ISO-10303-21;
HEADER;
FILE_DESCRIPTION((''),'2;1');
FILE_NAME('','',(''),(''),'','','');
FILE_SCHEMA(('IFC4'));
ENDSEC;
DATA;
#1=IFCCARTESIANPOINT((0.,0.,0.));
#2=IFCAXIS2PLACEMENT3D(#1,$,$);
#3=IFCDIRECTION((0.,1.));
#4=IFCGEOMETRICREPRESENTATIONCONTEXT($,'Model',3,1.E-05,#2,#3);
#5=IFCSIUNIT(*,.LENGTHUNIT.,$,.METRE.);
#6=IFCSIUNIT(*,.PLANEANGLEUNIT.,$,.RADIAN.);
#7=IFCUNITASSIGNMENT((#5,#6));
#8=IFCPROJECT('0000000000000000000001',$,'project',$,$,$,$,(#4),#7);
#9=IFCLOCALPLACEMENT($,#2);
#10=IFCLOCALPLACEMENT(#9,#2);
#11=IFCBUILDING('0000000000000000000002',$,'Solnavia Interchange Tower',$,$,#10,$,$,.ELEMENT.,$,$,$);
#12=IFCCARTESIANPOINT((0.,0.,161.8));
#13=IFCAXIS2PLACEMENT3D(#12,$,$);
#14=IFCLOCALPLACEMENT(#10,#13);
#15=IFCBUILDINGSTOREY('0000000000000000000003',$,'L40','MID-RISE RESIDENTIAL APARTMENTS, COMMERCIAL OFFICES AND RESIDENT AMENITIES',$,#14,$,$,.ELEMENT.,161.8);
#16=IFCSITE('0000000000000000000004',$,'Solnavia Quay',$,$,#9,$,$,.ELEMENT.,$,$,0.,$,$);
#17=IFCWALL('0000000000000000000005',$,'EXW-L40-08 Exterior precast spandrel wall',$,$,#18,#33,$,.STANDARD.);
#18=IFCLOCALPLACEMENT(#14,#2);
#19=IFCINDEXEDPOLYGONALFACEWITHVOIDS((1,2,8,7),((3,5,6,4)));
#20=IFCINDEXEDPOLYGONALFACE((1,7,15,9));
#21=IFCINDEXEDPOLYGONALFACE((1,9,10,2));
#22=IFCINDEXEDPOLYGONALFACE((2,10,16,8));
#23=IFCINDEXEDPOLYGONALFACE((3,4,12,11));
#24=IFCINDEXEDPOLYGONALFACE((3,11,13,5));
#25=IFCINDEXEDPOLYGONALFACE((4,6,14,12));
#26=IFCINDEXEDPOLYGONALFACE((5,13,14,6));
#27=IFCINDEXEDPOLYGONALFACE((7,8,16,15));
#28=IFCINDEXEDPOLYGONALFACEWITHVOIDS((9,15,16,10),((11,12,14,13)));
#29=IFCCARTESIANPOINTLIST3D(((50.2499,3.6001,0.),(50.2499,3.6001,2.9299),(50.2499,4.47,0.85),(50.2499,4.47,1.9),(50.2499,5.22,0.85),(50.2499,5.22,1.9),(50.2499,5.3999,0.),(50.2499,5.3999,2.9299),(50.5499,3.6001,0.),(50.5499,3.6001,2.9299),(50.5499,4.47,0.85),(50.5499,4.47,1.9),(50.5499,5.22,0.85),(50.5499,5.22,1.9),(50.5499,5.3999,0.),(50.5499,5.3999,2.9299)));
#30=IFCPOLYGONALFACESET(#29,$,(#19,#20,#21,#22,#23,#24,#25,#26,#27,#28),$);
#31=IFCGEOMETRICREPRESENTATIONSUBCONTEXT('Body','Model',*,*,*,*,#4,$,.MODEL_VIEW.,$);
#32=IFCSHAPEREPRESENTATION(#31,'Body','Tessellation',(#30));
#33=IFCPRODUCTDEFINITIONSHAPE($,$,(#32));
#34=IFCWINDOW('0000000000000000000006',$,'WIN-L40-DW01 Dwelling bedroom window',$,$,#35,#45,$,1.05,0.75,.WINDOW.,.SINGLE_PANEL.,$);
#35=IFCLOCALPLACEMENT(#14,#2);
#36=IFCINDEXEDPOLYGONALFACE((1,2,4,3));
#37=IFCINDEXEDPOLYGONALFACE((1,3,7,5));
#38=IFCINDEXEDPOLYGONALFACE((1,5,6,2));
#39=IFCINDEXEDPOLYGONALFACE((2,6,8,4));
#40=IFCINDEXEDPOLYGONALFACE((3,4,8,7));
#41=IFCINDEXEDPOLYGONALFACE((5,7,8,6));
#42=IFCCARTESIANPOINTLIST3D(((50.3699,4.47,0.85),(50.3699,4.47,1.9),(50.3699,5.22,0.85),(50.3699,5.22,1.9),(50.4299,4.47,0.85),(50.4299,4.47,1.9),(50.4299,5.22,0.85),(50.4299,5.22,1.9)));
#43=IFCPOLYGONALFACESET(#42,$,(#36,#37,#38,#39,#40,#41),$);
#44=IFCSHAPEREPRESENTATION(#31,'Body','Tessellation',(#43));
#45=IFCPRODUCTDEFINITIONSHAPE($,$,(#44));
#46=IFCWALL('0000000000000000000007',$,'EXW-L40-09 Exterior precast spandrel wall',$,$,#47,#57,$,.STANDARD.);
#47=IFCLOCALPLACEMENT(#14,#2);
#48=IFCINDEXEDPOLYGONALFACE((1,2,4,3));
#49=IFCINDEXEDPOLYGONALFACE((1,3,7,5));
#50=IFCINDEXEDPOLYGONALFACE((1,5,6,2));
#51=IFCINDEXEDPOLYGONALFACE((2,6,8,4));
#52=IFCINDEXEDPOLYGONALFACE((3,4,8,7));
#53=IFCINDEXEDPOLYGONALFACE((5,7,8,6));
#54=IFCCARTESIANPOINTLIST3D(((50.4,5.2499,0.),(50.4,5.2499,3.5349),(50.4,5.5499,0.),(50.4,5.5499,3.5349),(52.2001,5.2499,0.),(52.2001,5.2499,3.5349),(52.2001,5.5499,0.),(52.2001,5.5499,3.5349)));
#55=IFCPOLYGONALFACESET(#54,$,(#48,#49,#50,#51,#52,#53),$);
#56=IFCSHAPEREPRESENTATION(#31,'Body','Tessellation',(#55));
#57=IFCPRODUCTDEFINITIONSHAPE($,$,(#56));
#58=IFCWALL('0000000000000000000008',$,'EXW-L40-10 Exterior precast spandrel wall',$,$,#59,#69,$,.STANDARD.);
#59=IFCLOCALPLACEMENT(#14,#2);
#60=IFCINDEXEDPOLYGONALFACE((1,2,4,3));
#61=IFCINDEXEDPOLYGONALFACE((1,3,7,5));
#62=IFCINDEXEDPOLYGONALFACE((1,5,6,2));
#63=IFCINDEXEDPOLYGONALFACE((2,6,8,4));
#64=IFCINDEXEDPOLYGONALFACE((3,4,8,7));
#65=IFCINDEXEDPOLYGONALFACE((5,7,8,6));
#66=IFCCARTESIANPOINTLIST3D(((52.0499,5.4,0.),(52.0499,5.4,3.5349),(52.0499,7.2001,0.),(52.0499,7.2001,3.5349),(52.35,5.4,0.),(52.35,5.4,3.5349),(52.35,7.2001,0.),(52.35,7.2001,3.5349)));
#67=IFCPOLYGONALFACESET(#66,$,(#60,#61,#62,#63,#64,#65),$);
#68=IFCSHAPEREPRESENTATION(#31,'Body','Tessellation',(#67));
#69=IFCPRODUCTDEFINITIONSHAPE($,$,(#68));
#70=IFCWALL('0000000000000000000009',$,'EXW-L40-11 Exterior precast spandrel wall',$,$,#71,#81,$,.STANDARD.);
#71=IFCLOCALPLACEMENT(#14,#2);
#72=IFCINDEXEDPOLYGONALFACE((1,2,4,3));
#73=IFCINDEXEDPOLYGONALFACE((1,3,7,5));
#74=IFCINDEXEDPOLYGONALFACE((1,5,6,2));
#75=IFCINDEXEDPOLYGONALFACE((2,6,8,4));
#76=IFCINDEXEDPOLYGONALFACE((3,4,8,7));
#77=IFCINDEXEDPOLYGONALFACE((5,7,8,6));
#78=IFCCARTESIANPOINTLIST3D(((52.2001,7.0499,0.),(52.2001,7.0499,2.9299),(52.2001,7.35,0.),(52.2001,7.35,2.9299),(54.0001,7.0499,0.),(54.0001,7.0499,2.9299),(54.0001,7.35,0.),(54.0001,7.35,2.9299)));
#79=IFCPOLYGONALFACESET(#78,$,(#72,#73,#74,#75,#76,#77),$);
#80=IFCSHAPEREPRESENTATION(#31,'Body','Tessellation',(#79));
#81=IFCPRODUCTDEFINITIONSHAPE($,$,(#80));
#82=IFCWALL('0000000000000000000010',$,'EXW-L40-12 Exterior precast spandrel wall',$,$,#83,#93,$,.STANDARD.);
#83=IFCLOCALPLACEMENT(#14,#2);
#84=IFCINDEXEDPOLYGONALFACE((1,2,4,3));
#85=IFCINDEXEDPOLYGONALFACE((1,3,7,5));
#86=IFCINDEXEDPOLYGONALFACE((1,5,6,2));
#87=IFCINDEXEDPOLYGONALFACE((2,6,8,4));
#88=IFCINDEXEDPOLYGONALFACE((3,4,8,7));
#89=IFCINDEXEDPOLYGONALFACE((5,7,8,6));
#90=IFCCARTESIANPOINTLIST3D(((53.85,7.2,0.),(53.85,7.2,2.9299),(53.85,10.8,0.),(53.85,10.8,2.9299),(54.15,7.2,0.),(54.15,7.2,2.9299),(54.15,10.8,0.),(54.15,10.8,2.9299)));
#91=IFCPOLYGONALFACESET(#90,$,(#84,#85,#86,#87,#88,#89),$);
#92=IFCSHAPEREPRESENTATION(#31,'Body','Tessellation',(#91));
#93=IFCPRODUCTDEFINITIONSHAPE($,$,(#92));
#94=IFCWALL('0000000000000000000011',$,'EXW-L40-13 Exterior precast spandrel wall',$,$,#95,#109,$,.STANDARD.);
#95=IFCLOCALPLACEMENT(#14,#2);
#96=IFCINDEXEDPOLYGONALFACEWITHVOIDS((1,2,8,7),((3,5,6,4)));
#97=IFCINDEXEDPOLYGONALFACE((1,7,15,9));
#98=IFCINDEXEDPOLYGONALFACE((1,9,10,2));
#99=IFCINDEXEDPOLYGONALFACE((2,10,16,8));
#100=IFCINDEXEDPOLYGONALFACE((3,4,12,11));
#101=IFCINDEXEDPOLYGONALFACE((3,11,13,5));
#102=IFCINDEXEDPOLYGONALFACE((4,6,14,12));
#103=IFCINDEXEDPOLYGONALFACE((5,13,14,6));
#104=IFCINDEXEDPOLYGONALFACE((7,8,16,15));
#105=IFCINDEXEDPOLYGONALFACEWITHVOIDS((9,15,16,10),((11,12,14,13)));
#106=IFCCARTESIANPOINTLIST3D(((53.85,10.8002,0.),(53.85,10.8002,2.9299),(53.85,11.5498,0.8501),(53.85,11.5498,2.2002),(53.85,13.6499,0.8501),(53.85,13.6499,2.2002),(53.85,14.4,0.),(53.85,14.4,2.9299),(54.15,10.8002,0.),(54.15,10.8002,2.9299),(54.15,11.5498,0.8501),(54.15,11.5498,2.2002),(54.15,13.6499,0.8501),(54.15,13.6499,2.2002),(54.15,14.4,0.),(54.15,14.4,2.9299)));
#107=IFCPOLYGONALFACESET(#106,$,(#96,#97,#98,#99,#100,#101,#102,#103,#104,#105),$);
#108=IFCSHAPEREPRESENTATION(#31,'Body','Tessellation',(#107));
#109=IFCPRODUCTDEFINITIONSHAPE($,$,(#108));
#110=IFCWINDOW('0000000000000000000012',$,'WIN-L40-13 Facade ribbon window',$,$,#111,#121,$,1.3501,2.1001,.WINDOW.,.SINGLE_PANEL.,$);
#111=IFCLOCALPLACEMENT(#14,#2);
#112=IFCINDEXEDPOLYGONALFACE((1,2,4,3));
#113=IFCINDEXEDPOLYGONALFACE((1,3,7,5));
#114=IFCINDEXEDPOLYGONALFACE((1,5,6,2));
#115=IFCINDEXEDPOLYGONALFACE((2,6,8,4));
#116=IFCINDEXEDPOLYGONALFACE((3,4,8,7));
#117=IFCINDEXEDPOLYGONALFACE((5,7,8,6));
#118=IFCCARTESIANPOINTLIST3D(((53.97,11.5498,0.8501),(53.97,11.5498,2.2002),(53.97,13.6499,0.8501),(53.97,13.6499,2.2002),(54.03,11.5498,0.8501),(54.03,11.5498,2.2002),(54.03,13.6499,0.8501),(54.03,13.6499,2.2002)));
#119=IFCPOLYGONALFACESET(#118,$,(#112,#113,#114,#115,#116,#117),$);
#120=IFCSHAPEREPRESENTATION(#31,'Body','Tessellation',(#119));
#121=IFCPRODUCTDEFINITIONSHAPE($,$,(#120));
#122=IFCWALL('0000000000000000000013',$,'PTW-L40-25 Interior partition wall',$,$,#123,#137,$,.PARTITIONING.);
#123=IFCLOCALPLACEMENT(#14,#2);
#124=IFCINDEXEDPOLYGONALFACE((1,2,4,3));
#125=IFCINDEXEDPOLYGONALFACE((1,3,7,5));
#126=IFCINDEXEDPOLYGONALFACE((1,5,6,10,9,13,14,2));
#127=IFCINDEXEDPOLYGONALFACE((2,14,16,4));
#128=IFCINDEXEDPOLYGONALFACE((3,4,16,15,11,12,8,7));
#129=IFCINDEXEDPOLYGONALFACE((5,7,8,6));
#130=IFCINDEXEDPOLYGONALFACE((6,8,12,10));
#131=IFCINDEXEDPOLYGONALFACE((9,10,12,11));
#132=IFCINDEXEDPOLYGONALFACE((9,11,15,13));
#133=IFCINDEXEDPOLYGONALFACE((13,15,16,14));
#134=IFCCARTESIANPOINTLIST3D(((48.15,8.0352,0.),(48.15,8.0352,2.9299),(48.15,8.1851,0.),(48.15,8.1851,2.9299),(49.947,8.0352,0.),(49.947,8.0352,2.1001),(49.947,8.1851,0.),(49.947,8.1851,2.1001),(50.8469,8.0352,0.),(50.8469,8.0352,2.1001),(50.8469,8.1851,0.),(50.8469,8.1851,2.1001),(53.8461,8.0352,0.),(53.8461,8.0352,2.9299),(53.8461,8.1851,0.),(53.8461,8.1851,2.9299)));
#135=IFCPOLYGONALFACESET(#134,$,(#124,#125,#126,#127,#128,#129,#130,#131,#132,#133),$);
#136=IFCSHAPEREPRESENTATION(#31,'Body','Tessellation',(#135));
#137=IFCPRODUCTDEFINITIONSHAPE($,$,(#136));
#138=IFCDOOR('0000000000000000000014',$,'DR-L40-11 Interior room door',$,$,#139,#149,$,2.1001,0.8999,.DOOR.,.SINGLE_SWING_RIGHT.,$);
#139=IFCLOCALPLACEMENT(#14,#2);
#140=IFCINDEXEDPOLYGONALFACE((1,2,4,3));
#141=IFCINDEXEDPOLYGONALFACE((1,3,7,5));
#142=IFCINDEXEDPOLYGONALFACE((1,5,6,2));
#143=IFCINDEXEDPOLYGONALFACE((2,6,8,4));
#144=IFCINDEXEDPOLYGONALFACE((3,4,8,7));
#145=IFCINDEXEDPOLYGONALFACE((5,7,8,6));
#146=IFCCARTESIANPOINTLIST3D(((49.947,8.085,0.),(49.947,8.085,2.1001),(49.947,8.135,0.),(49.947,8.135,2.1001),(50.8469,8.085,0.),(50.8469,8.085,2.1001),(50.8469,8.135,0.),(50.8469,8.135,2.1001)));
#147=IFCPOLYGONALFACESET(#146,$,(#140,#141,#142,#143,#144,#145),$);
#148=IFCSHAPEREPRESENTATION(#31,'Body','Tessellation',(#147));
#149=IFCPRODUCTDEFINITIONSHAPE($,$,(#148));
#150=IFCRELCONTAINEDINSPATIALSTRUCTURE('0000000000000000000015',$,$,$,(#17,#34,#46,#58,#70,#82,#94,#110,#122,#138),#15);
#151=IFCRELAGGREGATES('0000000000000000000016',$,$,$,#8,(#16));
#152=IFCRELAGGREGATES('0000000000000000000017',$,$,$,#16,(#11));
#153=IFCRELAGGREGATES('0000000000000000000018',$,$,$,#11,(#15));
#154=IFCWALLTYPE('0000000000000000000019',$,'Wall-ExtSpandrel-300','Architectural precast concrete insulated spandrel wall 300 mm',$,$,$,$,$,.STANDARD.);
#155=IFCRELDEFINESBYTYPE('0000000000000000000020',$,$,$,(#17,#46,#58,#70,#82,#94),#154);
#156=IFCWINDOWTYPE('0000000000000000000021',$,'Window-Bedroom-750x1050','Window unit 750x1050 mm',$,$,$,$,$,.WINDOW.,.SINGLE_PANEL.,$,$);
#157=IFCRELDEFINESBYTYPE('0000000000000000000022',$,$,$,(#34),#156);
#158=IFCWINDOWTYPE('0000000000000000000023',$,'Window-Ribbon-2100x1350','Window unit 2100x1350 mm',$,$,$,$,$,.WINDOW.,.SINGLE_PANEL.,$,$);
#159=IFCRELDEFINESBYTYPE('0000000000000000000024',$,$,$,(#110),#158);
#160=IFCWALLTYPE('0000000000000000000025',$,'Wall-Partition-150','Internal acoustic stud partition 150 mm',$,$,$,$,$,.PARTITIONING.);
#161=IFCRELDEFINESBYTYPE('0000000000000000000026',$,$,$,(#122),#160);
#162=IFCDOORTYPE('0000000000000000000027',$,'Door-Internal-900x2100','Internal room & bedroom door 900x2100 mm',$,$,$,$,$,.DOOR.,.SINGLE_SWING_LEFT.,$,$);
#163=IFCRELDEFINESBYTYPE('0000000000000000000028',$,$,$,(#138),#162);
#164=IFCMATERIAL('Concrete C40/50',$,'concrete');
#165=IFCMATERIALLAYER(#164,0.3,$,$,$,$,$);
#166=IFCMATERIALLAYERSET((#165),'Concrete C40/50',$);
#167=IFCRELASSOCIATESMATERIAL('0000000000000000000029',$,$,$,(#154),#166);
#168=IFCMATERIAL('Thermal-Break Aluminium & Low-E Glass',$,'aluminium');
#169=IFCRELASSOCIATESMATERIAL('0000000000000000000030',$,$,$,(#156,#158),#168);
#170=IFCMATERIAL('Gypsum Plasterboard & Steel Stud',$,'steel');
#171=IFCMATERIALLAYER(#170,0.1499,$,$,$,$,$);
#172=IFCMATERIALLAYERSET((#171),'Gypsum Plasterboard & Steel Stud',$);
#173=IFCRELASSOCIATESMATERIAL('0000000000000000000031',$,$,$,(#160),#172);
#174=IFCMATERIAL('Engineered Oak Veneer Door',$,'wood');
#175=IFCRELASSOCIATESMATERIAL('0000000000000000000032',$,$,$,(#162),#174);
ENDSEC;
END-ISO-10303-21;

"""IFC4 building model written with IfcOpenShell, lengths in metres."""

from ifc_helpers import new_model, si_unit, direction, frame, frame_2d, origin, place, context, subcontext, project, spatial, rectangle, extrude, material, layer, layer_set, type_object, element, fill, save


model = new_model("IFC4")

# Units and contexts
model_context = context("Model", 3, precision=1e-05, world=origin(), true_north=direction((0.0, 1.0)))
body_context = subcontext(model_context, "Body", "Model", "MODEL_VIEW")
ifc_project = project(units=[si_unit("LENGTHUNIT", "METRE"), si_unit("PLANEANGLEUNIT", "RADIAN")], contexts=[model_context])

# Site, building, storey
site_placement = place(None, origin())
site = spatial("IfcSite", under=ifc_project, at=site_placement, Name="Solnavia Quay", CompositionType="ELEMENT", RefElevation=0.0)
building_placement = place(site_placement, origin())
building = spatial("IfcBuilding", under=site, at=building_placement, Name="Solnavia Interchange Tower", CompositionType="ELEMENT")
storey_placement = place(building_placement, frame((0.0, 0.0, 161.8)))
storey = spatial("IfcBuildingStorey", under=building, at=storey_placement, Name="L40", Description="MID-RISE RESIDENTIAL APARTMENTS, COMMERCIAL OFFICES AND RESIDENT AMENITIES", CompositionType="ELEMENT", Elevation=161.8)

# Shared definitions
ifc_material_1 = material(Name="Concrete C40/50", Category="concrete")
ifc_layer_1 = layer(ifc_material_1, 0.3)
ifc_layer_set_1 = layer_set([ifc_layer_1], Name="Concrete C40/50")
wall_type_1 = type_object("IfcWallType", Name="Wall-ExtSpandrel-300", Description="Architectural precast concrete insulated spandrel wall 300 mm", PredefinedType="STANDARD", material=ifc_layer_set_1)

# Wall, opening, window
wall_1_placement = place(storey_placement, frame((50.3999, 5.3999, 0.0), z_axis=(0.0, 0.0, 1.0), x_axis=(0.0, -1.0, 0.0)))
wall_1 = element("IfcWall", 1, at=wall_1_placement, inside=storey, type_object=wall_type_1, Name="EXW-L40-08 Exterior precast spandrel wall", PredefinedType="STANDARD", context=body_context, shape_type="SweptSolid", body=[
    extrude(rectangle(XDim=1.7998, YDim=0.3, at=frame_2d((0.8999, 0.0))), origin(), (0.0, 0.0, 1.0), 2.9299),
])
opening_1_placement = place(wall_1_placement, frame((0.1799, 0.0, 0.8501)))
opening_1 = element("IfcOpeningElement", 2, at=opening_1_placement, cuts=wall_1, PredefinedType="OPENING", context=body_context, shape_type="SweptSolid", body=[
    extrude(rectangle(XDim=0.75, YDim=1.05, at=frame_2d((0.375, 0.5249))), frame((0.0, 0.1602, 0.0), z_axis=(0.0, -1.0, 0.0), x_axis=(1.0, 0.0, 0.0)), (0.0, 0.0, 1.0), 0.3201),
])
ifc_material_2 = material(Name="Thermal-Break Aluminium & Low-E Glass", Category="aluminium")
window_type_1 = type_object("IfcWindowType", Name="Window-Bedroom-750x1050", Description="Window unit 750x1050 mm", PartitioningType="SINGLE_PANEL", PredefinedType="WINDOW", material=ifc_material_2)
window_1_placement = place(opening_1_placement, origin())
window_1 = element("IfcWindow", 3, at=window_1_placement, inside=storey, type_object=window_type_1, Name="WIN-L40-DW01 Dwelling bedroom window", OverallHeight=1.05, OverallWidth=0.75, PartitioningType="SINGLE_PANEL", PredefinedType="WINDOW", context=body_context, shape_type="SweptSolid", body=[
    extrude(rectangle(XDim=0.75, YDim=1.05, at=frame_2d((0.375, 0.5249))), frame((0.0, 0.03, 0.0), z_axis=(0.0, -1.0, 0.0), x_axis=(1.0, 0.0, 0.0)), (0.0, 0.0, 1.0), 0.0601),
])
fill(opening_1, window_1)

# Walls
for number, where, z_axis, x_axis, name in (
    (4, (52.2, 5.3999, 0.0), (0.0, 0.0, 1.0), (-1.0, 0.0, 0.0), "EXW-L40-09 Exterior precast spandrel wall"),
    (5, (52.2, 7.2, 0.0), (0.0, 0.0, 1.0), (0.0, -1.0, 0.0), "EXW-L40-10 Exterior precast spandrel wall"),
):
    element("IfcWall", number, at=place(storey_placement, frame(where, z_axis=z_axis, x_axis=x_axis)), inside=storey, type_object=wall_type_1, Name=name, PredefinedType="STANDARD", context=body_context, shape_type="SweptSolid", body=[
        extrude(rectangle(XDim=1.8, YDim=0.3, at=frame_2d((0.8999, 0.0))), origin(), (0.0, 0.0, 1.0), 3.5349),
    ])
wall_2_placement = place(storey_placement, frame((54.0, 7.2, 0.0), z_axis=(0.0, 0.0, 1.0), x_axis=(-1.0, 0.0, 0.0)))
element("IfcWall", 6, at=wall_2_placement, inside=storey, type_object=wall_type_1, Name="EXW-L40-11 Exterior precast spandrel wall", PredefinedType="STANDARD", context=body_context, shape_type="SweptSolid", body=[
    extrude(rectangle(XDim=1.8, YDim=0.3, at=frame_2d((0.8999, 0.0))), origin(), (0.0, 0.0, 1.0), 2.9299),
])
wall_3_placement = place(storey_placement, frame((54.0, 10.8, 0.0), z_axis=(0.0, 0.0, 1.0), x_axis=(0.0, -1.0, 0.0)))
element("IfcWall", 7, at=wall_3_placement, inside=storey, type_object=wall_type_1, Name="EXW-L40-12 Exterior precast spandrel wall", PredefinedType="STANDARD", context=body_context, shape_type="SweptSolid", body=[
    extrude(rectangle(XDim=3.6001, YDim=0.3, at=frame_2d((1.8, 0.0))), origin(), (0.0, 0.0, 1.0), 2.9299),
])

# Wall, opening, window
wall_4_placement = place(storey_placement, frame((54.0, 14.3999, 0.0), z_axis=(0.0, 0.0, 1.0), x_axis=(0.0, -1.0, 0.0)))
wall_4 = element("IfcWall", 8, at=wall_4_placement, inside=storey, type_object=wall_type_1, Name="EXW-L40-13 Exterior precast spandrel wall", PredefinedType="STANDARD", context=body_context, shape_type="SweptSolid", body=[
    extrude(rectangle(XDim=3.5999, YDim=0.3, at=frame_2d((1.7998, 0.0))), origin(), (0.0, 0.0, 1.0), 2.9299),
])
opening_2_placement = place(wall_4_placement, frame((0.75, 0.0, 0.8501)))
opening_2 = element("IfcOpeningElement", 9, at=opening_2_placement, cuts=wall_4, PredefinedType="OPENING", context=body_context, shape_type="SweptSolid", body=[
    extrude(rectangle(XDim=2.1001, YDim=1.3501, at=frame_2d((1.05, 0.675))), frame((0.0, 0.1602, 0.0), z_axis=(0.0, -1.0, 0.0), x_axis=(1.0, 0.0, 0.0)), (0.0, 0.0, 1.0), 0.3201),
])
window_type_2 = type_object("IfcWindowType", Name="Window-Ribbon-2100x1350", Description="Window unit 2100x1350 mm", PartitioningType="SINGLE_PANEL", PredefinedType="WINDOW", material=ifc_material_2)
window_2_placement = place(opening_2_placement, origin())
window_2 = element("IfcWindow", 10, at=window_2_placement, inside=storey, type_object=window_type_2, Name="WIN-L40-13 Facade ribbon window", OverallHeight=1.3501, OverallWidth=2.1001, PartitioningType="SINGLE_PANEL", PredefinedType="WINDOW", context=body_context, shape_type="SweptSolid", body=[
    extrude(rectangle(XDim=2.1001, YDim=1.3501, at=frame_2d((1.05, 0.675))), frame((0.0, 0.03, 0.0), z_axis=(0.0, -1.0, 0.0), x_axis=(1.0, 0.0, 0.0)), (0.0, 0.0, 1.0), 0.0601),
])
fill(opening_2, window_2)

# Wall, opening, door
ifc_material_3 = material(Name="Gypsum Plasterboard & Steel Stud", Category="steel")
ifc_layer_2 = layer(ifc_material_3, 0.1499)
ifc_layer_set_2 = layer_set([ifc_layer_2], Name="Gypsum Plasterboard & Steel Stud")
wall_type_2 = type_object("IfcWallType", Name="Wall-Partition-150", Description="Internal acoustic stud partition 150 mm", PredefinedType="PARTITIONING", material=ifc_layer_set_2)
wall_5_placement = place(storey_placement, frame((48.1499, 8.1101, 0.0), z_axis=(0.0, 0.0, 1.0), x_axis=(1.0, 0.0, 0.0)))
wall_5 = element("IfcWall", 11, at=wall_5_placement, inside=storey, type_object=wall_type_2, Name="PTW-L40-25 Interior partition wall", PredefinedType="PARTITIONING", context=body_context, shape_type="SweptSolid", body=[
    extrude(rectangle(XDim=5.696, YDim=0.1499, at=frame_2d((2.8481, 0.0))), origin(), (0.0, 0.0, 1.0), 2.9299),
])
opening_3_placement = place(wall_5_placement, frame((1.7971, 0.0, 0.0)))
opening_3 = element("IfcOpeningElement", 12, at=opening_3_placement, cuts=wall_5, PredefinedType="OPENING", context=body_context, shape_type="SweptSolid", body=[
    extrude(rectangle(XDim=0.8999, YDim=2.1001, at=frame_2d((0.45, 1.05))), frame((0.0, 0.085, 0.0), z_axis=(0.0, -1.0, 0.0), x_axis=(1.0, 0.0, 0.0)), (0.0, 0.0, 1.0), 0.1699),
])
ifc_material_4 = material(Name="Engineered Oak Veneer Door", Category="wood")
door_type_1 = type_object("IfcDoorType", Name="Door-Internal-900x2100", Description="Internal room & bedroom door 900x2100 mm", OperationType="SINGLE_SWING_LEFT", PredefinedType="DOOR", material=ifc_material_4)
door_1_placement = place(opening_3_placement, origin())
door_1 = element("IfcDoor", 13, at=door_1_placement, inside=storey, type_object=door_type_1, Name="DR-L40-11 Interior room door", OperationType="SINGLE_SWING_RIGHT", OverallHeight=2.1001, OverallWidth=0.8999, PredefinedType="DOOR", context=body_context, shape_type="SweptSolid", body=[
    extrude(rectangle(XDim=0.8999, YDim=2.1001, at=frame_2d((0.45, 1.05))), frame((0.0, 0.0249, 0.0), z_axis=(0.0, -1.0, 0.0), x_axis=(1.0, 0.0, 0.0)), (0.0, 0.0, 1.0), 0.05),
])
fill(opening_3, door_1)

save(model, "model.ifc")
